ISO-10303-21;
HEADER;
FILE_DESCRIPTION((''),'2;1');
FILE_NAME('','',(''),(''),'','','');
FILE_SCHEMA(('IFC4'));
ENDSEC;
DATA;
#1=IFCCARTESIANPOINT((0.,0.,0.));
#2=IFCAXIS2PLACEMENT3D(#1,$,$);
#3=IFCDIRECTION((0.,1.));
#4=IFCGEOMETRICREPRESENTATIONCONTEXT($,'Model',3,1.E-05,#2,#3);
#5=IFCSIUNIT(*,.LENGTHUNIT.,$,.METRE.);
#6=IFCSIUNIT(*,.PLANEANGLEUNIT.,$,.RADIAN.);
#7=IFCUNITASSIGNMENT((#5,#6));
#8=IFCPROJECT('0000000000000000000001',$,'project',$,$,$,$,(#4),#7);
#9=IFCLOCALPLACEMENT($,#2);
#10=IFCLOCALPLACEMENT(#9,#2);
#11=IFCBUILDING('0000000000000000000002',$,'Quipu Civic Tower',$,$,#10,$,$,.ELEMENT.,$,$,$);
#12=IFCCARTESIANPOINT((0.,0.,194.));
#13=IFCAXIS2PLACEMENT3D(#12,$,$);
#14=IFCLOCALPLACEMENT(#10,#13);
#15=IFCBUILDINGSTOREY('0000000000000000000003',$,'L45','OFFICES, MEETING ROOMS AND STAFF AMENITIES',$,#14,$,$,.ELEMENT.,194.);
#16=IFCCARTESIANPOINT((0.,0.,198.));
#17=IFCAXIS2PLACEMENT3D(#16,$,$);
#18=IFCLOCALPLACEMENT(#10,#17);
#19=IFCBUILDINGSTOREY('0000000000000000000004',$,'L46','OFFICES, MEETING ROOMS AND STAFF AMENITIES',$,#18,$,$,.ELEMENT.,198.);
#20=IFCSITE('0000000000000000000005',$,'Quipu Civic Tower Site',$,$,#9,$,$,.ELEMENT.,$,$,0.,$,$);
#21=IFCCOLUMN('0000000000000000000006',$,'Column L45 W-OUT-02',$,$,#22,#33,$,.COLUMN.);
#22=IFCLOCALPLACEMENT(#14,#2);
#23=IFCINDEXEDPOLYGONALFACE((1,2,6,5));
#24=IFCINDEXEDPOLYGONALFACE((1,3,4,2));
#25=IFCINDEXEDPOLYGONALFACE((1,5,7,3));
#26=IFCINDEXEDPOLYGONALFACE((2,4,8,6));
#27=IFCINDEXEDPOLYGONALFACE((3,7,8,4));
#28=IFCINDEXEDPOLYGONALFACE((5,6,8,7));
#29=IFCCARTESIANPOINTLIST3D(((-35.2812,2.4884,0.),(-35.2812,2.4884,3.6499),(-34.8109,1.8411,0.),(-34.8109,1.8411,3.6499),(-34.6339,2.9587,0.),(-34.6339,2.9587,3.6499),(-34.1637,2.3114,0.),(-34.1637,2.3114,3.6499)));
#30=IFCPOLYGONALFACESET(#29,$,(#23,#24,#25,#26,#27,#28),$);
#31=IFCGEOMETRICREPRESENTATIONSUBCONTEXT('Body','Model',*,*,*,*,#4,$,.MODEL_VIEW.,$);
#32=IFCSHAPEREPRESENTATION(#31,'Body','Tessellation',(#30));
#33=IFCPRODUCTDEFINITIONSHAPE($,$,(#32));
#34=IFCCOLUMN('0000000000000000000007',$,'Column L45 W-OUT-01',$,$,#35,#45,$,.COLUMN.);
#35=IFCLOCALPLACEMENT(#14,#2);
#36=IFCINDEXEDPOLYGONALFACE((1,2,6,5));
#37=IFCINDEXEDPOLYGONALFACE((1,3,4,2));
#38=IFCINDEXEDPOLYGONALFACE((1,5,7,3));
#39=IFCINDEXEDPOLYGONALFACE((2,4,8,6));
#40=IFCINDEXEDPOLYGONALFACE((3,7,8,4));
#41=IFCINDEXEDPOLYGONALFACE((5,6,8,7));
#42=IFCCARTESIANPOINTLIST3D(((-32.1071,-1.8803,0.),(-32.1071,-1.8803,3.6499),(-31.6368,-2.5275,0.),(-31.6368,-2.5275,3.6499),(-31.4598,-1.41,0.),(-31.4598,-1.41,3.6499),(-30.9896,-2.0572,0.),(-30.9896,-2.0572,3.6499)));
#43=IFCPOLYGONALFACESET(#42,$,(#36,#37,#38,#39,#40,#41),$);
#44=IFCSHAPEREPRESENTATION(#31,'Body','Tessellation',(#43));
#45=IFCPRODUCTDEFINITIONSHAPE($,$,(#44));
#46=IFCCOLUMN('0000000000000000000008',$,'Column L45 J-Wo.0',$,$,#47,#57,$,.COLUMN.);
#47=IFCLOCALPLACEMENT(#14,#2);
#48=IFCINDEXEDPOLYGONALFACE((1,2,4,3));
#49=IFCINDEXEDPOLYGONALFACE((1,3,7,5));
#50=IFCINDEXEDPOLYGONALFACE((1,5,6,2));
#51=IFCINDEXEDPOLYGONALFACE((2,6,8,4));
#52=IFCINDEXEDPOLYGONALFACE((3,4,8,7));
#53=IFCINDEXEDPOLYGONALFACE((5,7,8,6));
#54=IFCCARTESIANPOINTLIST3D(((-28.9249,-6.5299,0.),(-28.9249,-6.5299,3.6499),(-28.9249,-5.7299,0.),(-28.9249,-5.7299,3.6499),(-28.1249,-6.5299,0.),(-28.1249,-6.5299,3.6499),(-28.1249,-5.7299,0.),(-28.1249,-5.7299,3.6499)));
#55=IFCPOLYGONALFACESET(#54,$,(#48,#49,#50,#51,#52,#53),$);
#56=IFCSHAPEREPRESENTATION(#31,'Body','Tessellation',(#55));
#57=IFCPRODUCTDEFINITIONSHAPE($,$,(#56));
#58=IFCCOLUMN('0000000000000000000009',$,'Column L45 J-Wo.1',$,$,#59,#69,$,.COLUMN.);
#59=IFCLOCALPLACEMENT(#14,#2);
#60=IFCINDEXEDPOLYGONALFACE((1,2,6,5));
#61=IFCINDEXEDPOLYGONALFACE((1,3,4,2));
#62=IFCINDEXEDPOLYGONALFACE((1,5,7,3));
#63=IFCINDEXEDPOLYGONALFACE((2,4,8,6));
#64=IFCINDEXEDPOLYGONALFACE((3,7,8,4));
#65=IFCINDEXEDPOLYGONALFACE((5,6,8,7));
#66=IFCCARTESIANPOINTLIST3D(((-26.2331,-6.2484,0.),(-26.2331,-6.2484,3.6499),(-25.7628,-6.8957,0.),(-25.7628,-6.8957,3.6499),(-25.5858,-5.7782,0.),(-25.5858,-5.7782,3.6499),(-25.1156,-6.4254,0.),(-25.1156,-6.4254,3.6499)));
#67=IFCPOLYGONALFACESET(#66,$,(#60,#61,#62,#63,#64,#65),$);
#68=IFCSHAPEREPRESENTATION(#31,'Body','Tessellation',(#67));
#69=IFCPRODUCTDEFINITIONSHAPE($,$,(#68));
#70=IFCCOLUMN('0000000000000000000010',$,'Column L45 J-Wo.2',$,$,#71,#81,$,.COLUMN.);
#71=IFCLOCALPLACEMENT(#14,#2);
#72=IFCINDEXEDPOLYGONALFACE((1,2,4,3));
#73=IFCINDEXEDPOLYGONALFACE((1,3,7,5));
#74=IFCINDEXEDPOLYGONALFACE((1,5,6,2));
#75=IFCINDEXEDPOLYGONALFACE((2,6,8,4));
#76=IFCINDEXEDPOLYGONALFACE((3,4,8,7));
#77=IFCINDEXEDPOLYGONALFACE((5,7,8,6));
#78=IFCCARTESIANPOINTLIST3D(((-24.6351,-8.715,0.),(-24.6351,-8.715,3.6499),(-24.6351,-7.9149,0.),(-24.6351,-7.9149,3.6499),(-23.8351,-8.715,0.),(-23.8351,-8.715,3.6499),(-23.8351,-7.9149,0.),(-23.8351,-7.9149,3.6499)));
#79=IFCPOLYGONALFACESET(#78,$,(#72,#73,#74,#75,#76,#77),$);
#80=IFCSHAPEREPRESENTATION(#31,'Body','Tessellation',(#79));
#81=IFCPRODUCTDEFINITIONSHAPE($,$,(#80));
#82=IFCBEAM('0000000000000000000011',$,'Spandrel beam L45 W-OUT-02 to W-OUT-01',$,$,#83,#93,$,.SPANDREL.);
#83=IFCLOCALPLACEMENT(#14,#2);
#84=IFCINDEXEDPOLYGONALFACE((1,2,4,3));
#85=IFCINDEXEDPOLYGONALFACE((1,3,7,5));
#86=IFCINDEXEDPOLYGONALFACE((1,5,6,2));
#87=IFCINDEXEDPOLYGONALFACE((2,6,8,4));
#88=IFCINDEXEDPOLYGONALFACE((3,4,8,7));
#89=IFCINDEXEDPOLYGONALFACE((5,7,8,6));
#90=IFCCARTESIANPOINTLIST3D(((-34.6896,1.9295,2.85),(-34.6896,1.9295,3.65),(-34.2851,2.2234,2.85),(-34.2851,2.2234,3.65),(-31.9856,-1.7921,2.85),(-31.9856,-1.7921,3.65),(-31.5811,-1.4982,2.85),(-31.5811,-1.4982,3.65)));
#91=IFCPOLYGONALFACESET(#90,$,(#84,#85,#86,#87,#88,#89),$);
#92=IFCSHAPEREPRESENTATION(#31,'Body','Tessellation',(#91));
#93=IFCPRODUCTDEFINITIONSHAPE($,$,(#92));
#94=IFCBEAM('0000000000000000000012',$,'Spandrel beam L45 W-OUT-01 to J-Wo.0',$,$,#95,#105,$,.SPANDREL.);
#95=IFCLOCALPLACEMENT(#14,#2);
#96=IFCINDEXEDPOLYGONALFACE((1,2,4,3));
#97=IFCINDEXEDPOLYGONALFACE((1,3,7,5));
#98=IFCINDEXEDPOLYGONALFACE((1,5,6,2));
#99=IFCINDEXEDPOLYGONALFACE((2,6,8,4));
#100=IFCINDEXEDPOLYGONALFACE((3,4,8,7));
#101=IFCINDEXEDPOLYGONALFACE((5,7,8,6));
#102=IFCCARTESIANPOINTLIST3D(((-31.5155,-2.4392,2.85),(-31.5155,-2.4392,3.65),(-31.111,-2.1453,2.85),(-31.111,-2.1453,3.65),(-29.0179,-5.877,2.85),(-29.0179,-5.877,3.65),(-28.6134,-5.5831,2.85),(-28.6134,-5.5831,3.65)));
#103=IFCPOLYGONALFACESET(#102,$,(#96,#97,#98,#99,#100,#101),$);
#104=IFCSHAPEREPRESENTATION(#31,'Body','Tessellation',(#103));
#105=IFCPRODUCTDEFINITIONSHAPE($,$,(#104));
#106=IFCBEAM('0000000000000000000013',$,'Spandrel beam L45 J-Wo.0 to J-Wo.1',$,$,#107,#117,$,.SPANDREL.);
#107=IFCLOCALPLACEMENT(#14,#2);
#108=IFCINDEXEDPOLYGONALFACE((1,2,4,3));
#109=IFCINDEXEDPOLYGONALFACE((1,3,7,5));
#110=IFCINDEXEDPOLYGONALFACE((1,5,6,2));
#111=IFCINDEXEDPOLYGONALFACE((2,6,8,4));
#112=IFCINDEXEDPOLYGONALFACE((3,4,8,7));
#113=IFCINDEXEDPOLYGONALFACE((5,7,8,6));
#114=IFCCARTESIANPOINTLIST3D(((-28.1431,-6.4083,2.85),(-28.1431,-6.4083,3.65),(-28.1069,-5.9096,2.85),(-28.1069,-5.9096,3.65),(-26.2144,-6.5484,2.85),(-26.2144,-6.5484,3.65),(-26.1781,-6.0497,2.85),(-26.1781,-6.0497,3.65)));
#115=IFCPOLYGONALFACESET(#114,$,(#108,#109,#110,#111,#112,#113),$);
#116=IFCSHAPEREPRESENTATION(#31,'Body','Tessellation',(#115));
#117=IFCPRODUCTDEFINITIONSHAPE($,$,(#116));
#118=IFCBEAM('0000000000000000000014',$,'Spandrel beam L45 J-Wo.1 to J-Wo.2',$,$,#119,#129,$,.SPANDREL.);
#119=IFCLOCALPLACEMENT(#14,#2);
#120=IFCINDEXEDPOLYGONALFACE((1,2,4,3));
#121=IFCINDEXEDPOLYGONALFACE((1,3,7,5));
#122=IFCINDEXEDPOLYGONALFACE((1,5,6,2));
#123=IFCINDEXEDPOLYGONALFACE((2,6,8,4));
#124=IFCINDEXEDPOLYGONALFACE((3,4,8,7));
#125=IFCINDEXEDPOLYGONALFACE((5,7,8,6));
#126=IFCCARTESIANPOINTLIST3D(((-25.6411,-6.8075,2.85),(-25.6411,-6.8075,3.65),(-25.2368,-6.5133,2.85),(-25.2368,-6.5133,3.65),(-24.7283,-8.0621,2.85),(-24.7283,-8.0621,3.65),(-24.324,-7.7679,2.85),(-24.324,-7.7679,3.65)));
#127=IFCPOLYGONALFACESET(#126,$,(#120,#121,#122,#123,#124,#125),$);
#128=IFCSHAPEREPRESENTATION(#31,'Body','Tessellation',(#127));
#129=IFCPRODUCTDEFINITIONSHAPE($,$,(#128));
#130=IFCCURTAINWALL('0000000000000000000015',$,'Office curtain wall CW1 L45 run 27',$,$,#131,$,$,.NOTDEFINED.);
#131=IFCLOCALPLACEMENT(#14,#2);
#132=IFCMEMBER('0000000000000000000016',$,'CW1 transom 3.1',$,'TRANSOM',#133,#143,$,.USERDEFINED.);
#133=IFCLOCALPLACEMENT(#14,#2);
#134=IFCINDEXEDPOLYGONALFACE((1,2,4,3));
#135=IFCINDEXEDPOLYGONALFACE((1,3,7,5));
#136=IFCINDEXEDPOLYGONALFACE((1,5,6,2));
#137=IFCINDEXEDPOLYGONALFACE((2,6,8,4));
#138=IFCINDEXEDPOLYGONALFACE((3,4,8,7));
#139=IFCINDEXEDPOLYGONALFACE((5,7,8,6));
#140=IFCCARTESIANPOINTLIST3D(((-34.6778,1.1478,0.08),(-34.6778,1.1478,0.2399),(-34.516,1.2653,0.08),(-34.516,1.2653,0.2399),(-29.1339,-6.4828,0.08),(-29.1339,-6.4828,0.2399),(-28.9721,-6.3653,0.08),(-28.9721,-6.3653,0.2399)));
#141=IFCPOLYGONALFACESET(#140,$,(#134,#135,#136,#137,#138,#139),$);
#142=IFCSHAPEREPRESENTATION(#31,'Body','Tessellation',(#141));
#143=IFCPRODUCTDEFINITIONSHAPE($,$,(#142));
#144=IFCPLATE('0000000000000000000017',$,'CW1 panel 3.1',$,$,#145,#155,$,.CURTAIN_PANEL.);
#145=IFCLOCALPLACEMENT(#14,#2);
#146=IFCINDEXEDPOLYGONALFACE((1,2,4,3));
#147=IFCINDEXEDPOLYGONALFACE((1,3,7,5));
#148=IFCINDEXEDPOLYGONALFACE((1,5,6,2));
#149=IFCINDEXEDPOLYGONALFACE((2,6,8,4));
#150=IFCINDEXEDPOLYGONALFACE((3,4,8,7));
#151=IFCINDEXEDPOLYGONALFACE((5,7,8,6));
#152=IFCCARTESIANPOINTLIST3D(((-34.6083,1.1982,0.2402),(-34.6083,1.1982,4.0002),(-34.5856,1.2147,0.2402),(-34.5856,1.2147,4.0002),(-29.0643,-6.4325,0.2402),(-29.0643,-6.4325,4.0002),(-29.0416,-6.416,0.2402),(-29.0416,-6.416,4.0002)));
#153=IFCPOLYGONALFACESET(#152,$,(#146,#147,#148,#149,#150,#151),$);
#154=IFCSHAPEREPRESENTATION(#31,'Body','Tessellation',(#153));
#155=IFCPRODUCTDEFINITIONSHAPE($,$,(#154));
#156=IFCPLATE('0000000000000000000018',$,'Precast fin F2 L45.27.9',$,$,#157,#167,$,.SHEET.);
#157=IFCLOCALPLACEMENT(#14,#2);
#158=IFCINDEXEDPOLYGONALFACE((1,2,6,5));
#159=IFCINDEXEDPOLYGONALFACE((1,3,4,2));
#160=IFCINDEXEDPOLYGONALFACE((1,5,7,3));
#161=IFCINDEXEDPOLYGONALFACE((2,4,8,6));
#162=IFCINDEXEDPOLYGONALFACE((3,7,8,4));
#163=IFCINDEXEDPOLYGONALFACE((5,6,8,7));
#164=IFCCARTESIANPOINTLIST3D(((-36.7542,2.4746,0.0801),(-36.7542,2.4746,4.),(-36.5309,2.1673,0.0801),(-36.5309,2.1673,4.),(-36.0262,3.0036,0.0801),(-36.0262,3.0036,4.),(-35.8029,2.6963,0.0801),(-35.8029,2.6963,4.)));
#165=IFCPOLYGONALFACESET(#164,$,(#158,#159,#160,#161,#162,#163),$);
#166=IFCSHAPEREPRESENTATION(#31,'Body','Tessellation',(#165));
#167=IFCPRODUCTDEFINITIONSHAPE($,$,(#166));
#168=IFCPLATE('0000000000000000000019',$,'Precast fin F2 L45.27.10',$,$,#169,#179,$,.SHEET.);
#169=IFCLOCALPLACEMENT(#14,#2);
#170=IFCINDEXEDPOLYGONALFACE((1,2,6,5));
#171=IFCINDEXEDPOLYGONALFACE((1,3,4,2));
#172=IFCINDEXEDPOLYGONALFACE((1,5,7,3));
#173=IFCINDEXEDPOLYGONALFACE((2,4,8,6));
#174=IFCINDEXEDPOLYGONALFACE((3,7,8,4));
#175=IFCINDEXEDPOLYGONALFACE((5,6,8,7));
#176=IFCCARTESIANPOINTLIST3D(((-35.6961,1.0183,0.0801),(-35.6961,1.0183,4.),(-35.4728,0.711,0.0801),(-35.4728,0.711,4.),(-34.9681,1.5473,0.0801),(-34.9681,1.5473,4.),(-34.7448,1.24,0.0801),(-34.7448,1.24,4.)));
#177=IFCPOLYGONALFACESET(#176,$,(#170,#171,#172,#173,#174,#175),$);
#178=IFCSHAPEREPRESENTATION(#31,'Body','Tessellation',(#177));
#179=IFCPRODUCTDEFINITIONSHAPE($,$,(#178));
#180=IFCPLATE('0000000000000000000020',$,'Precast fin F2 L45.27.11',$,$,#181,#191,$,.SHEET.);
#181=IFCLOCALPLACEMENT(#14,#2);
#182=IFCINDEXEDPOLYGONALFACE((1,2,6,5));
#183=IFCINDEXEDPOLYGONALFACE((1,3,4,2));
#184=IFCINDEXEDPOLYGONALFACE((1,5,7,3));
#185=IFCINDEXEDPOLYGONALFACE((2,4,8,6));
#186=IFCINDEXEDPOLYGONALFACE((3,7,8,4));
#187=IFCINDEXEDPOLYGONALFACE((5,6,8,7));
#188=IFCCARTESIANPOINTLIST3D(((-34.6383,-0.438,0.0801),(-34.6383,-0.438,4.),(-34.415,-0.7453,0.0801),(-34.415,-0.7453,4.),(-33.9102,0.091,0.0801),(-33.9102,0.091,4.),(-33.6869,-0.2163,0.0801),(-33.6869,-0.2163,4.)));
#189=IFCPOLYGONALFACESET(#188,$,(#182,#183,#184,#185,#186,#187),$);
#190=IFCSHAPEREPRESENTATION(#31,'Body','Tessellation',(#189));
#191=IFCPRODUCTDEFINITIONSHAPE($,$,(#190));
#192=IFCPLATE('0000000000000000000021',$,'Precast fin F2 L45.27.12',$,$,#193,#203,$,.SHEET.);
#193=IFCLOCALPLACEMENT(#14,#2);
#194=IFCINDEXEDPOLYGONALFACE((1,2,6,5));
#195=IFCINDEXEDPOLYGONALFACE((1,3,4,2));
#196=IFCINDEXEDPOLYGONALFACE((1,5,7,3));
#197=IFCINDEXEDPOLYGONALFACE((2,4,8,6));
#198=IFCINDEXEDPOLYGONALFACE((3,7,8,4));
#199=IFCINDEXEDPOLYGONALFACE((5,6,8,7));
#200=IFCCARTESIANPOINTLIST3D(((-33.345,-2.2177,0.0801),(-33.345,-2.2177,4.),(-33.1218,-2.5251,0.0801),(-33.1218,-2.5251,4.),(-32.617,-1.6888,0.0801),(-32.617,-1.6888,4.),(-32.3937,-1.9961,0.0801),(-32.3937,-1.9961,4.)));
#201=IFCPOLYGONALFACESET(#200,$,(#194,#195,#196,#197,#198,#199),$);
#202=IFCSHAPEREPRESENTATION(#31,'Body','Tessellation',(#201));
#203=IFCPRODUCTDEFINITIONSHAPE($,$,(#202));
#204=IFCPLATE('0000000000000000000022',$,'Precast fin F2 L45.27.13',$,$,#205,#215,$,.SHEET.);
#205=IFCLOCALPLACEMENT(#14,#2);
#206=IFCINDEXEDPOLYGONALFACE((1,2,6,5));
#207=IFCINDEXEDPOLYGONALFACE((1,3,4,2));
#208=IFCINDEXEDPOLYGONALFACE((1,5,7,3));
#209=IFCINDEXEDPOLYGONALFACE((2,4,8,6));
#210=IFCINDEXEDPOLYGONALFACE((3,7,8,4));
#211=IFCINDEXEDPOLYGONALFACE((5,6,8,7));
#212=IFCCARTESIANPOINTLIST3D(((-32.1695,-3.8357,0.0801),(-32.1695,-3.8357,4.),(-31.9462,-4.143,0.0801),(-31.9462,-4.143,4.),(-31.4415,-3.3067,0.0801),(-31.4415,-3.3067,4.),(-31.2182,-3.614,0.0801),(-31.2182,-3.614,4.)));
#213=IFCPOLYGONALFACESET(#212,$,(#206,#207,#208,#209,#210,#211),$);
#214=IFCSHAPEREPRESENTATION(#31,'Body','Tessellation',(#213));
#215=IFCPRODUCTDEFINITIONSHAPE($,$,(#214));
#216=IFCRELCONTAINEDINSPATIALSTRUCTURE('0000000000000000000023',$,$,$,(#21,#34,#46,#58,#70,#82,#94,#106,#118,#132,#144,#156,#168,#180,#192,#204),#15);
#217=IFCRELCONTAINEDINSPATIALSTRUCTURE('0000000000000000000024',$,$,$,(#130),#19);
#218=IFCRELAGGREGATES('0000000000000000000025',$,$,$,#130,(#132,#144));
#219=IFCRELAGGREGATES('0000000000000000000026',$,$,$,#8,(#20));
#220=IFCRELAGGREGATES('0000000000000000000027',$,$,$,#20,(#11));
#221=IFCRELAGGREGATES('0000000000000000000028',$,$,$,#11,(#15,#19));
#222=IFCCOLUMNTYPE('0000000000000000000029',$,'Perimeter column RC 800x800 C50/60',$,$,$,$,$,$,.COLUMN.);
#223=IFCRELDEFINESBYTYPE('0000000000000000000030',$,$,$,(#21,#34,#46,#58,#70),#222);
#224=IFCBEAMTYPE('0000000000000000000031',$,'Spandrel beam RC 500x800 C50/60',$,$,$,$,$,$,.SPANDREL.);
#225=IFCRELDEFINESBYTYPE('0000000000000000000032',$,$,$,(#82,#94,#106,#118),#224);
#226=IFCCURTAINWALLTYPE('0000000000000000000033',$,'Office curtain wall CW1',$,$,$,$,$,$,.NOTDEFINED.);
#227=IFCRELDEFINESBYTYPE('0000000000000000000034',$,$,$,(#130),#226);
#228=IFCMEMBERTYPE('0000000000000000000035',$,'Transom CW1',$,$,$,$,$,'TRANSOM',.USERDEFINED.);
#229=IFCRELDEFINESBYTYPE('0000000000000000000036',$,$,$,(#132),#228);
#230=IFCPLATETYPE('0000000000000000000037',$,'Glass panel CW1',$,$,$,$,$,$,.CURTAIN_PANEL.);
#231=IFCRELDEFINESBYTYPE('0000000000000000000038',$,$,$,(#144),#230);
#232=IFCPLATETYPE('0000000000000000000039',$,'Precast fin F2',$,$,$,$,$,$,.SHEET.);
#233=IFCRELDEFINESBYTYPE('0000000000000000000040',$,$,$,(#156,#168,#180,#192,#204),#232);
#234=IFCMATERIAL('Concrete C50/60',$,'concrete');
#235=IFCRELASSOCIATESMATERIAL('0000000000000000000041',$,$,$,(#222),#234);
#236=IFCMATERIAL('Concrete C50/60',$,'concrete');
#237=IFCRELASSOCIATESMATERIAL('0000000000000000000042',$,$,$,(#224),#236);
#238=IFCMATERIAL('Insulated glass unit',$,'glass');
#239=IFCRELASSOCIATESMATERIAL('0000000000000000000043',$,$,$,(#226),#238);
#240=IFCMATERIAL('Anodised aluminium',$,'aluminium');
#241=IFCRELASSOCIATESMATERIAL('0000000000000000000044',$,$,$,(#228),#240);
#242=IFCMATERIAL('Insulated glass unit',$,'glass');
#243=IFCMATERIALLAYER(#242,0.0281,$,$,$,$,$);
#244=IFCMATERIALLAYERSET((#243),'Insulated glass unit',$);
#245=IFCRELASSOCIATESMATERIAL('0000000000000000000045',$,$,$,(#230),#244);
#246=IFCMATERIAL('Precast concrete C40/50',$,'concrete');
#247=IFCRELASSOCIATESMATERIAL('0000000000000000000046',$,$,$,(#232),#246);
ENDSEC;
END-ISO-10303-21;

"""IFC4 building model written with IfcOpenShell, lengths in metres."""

from ifc_helpers import new_model, si_unit, direction, frame, origin, origin_2d, place, context, subcontext, project, spatial, rectangle, extrude, material, layer, layer_set, material_profile, profile_set, type_object, element, aggregate, save


model = new_model("IFC4")

# Units and contexts
model_context = context("Model", 3, precision=1e-05, world=origin(), true_north=direction((0.0, 1.0)))
body_context = subcontext(model_context, "Body", "Model", "MODEL_VIEW")
ifc_project = project(units=[si_unit("LENGTHUNIT", "METRE"), si_unit("PLANEANGLEUNIT", "RADIAN")], contexts=[model_context])

# Site, building, storey
site_placement = place(None, origin())
site = spatial("IfcSite", under=ifc_project, at=site_placement, Name="Quipu Civic Tower Site", CompositionType="ELEMENT", RefElevation=0.0)
building_placement = place(site_placement, origin())
building = spatial("IfcBuilding", under=site, at=building_placement, Name="Quipu Civic Tower", CompositionType="ELEMENT")
storey_1_placement = place(building_placement, frame((0.0, 0.0, 194.0)))
storey_1 = spatial("IfcBuildingStorey", under=building, at=storey_1_placement, Name="L45", Description="OFFICES, MEETING ROOMS AND STAFF AMENITIES", CompositionType="ELEMENT", Elevation=194.0)

# Columns
ifc_material_1 = material(Name="Concrete C50/60", Category="concrete")
ifc_material_profile_1 = material_profile(ifc_material_1, rectangle(XDim=0.8, YDim=0.8, at=origin_2d()), Name="RC800x800")
ifc_profile_set_1 = profile_set([ifc_material_profile_1], Name="Concrete C50/60")
column_type = type_object("IfcColumnType", Name="Perimeter column RC 800x800 C50/60", PredefinedType="COLUMN", material=ifc_profile_set_1)
for number, where, z_axis, x_axis, name in (
    (1, (-34.7224, 2.3999, 0.0), (0.0, 0.0, 1.0), (0.587785, -0.809017, 0.0), "Column L45 W-OUT-02"),
    (2, (-31.5483, -1.9688, 0.0), (0.0, 0.0, 1.0), (0.587785, -0.809017, 0.0), "Column L45 W-OUT-01"),
    (3, (-28.5249, -6.1299, 0.0), (0.0, 0.0, 1.0), (1.0, 0.0, 0.0), "Column L45 J-Wo.0"),
    (4, (-25.6743, -6.3369, 0.0), (0.0, 0.0, 1.0), (0.587785, -0.809017, 0.0), "Column L45 J-Wo.1"),
    (5, (-24.2351, -8.3149, 0.0), (0.0, 0.0, 1.0), (1.0, 0.0, 0.0), "Column L45 J-Wo.2"),
):
    element("IfcColumn", number, at=place(storey_1_placement, frame(where, z_axis=z_axis, x_axis=x_axis)), inside=storey_1, type_object=column_type, Name=name, PredefinedType="COLUMN", context=body_context, shape_type="SweptSolid", body=[
        extrude(rectangle(XDim=0.8, YDim=0.8, at=origin_2d()), origin(), (0.0, 0.0, 1.0), 3.6499),
    ])

# Beams
ifc_material_2 = material(Name="Concrete C50/60", Category="concrete")
ifc_material_profile_2 = material_profile(ifc_material_2, rectangle(XDim=0.5, YDim=0.8, at=origin_2d()), Name="RC500x800")
ifc_profile_set_2 = profile_set([ifc_material_profile_2], Name="Concrete C50/60")
beam_type = type_object("IfcBeamType", Name="Spandrel beam RC 500x800 C50/60", PredefinedType="SPANDREL", material=ifc_profile_set_2)
beam_1_placement = place(storey_1_placement, frame((-34.4873, 2.0764, 3.25), z_axis=(0.587796, -0.809009, 0.0), x_axis=(0.809009, 0.587796, 0.0)))
element("IfcBeam", 6, at=beam_1_placement, inside=storey_1, type_object=beam_type, Name="Spandrel beam L45 W-OUT-02 to W-OUT-01", PredefinedType="SPANDREL", context=body_context, shape_type="SweptSolid", body=[
    extrude(rectangle(XDim=0.5, YDim=0.8, at=origin_2d()), origin(), (0.0, 0.0, 1.0), 4.6001),
])
beam_2_placement = place(storey_1_placement, frame((-31.3132, -2.2922, 3.25), z_axis=(0.587769, -0.809029, 0.0), x_axis=(0.809029, 0.587769, 0.0)))
element("IfcBeam", 7, at=beam_2_placement, inside=storey_1, type_object=beam_type, Name="Spandrel beam L45 W-OUT-01 to J-Wo.0", PredefinedType="SPANDREL", context=body_context, shape_type="SweptSolid", body=[
    extrude(rectangle(XDim=0.5, YDim=0.8, at=origin_2d()), origin(), (0.0, 0.0, 1.0), 4.2493),
])
beam_3_placement = place(storey_1_placement, frame((-28.125, -6.1589, 3.25), z_axis=(0.997371, -0.072467, 0.0), x_axis=(0.072467, 0.997371, 0.0)))
element("IfcBeam", 8, at=beam_3_placement, inside=storey_1, type_object=beam_type, Name="Spandrel beam L45 J-Wo.0 to J-Wo.1", PredefinedType="SPANDREL", context=body_context, shape_type="SweptSolid", body=[
    extrude(rectangle(XDim=0.5, YDim=0.8, at=origin_2d()), origin(), (0.0, 0.0, 1.0), 1.9338),
])
beam_4_placement = place(storey_1_placement, frame((-25.439, -6.6604, 3.25), z_axis=(0.588331, -0.80862, 0.0), x_axis=(0.80862, 0.588331, 0.0)))
element("IfcBeam", 9, at=beam_4_placement, inside=storey_1, type_object=beam_type, Name="Spandrel beam L45 J-Wo.1 to J-Wo.2", PredefinedType="SPANDREL", context=body_context, shape_type="SweptSolid", body=[
    extrude(rectangle(XDim=0.5, YDim=0.8, at=origin_2d()), origin(), (0.0, 0.0, 1.0), 1.5515),
])

# Shared definitions
storey_2_placement = place(building_placement, frame((0.0, 0.0, 198.0)))
storey_2 = spatial("IfcBuildingStorey", under=building, at=storey_2_placement, Name="L46", Description="OFFICES, MEETING ROOMS AND STAFF AMENITIES", CompositionType="ELEMENT", Elevation=198.0)

# Curtain wall, member, plate
ifc_material_3 = material(Name="Insulated glass unit", Category="glass")
curtain_wall_type = type_object("IfcCurtainWallType", Name="Office curtain wall CW1", PredefinedType="NOTDEFINED", material=ifc_material_3)
curtain_wall_placement = place(storey_2_placement, origin())
curtain_wall = element("IfcCurtainWall", 10, at=curtain_wall_placement, inside=storey_2, type_object=curtain_wall_type, Name="Office curtain wall CW1 L45 run 27", PredefinedType="NOTDEFINED")
ifc_material_4 = material(Name="Anodised aluminium", Category="aluminium")
ifc_material_profile_3 = material_profile(ifc_material_4, rectangle(XDim=0.2, YDim=0.1599, at=origin_2d()), Name="RECT 200x160")
ifc_profile_set_3 = profile_set([ifc_material_profile_3], Name="Anodised aluminium")
member_type = type_object("IfcMemberType", Name="Transom CW1", ElementType="TRANSOM", PredefinedType="USERDEFINED", material=ifc_profile_set_3)
member_placement = place(storey_1_placement, frame((-34.5969, 1.2065, 0.1599), z_axis=(0.587784, -0.809018, 0.0), x_axis=(0.809018, 0.587784, 0.0)))
member = element("IfcMember", 11, at=member_placement, inside=storey_1, type_object=member_type, Name="CW1 transom 3.1", ObjectType="TRANSOM", PredefinedType="USERDEFINED", context=body_context, shape_type="SweptSolid", body=[
    extrude(rectangle(XDim=0.2, YDim=0.1599, at=origin_2d()), origin(), (0.0, 0.0, 1.0), 9.4319),
])
ifc_material_5 = material(Name="Insulated glass unit", Category="glass")
ifc_layer_1 = layer(ifc_material_5, 0.0281)
ifc_layer_set_1 = layer_set([ifc_layer_1], Name="Insulated glass unit")
plate_type_1 = type_object("IfcPlateType", Name="Glass panel CW1", PredefinedType="CURTAIN_PANEL", material=ifc_layer_set_1)
plate_placement = place(storey_1_placement, frame((-31.825, -2.6089, 0.2402), z_axis=(0.0, 0.0, 1.0), x_axis=(0.587786, -0.809017, 0.0)))
plate = element("IfcPlate", 12, at=plate_placement, inside=storey_1, type_object=plate_type_1, Name="CW1 panel 3.1", PredefinedType="CURTAIN_PANEL", context=body_context, shape_type="SweptSolid", body=[
    extrude(rectangle(XDim=9.4321, YDim=0.0281, at=origin_2d()), origin(), (0.0, 0.0, 1.0), 3.76),
])
aggregate(curtain_wall, [member, plate])

# Plates
ifc_material_6 = material(Name="Precast concrete C40/50", Category="concrete")
plate_type_2 = type_object("IfcPlateType", Name="Precast fin F2", PredefinedType="SHEET", material=ifc_material_6)
for number, where, z_axis, x_axis, name in (
    (13, (-36.2786, 2.5854, 0.0801), (0.0, 0.0, 1.0), (0.587786, -0.809017, 0.0), "Precast fin F2 L45.27.9"),
    (14, (-35.2205, 1.1292, 0.0801), (0.0, 0.0, 1.0), (0.587786, -0.809017, 0.0), "Precast fin F2 L45.27.10"),
    (15, (-34.1626, -0.3271, 0.0801), (0.0, 0.0, 1.0), (0.587786, -0.809017, 0.0), "Precast fin F2 L45.27.11"),
    (16, (-32.8694, -2.1069, 0.0801), (0.0, 0.0, 1.0), (0.587786, -0.809017, 0.0), "Precast fin F2 L45.27.12"),
    (17, (-31.6938, -3.7249, 0.0801), (0.0, 0.0, 1.0), (0.587786, -0.809017, 0.0), "Precast fin F2 L45.27.13"),
):
    element("IfcPlate", number, at=place(storey_1_placement, frame(where, z_axis=z_axis, x_axis=x_axis)), inside=storey_1, type_object=plate_type_2, Name=name, PredefinedType="SHEET", context=body_context, shape_type="SweptSolid", body=[
        extrude(rectangle(XDim=0.3799, YDim=0.8999, at=origin_2d()), origin(), (0.0, 0.0, 1.0), 3.9199),
    ])

save(model, "model.ifc")
